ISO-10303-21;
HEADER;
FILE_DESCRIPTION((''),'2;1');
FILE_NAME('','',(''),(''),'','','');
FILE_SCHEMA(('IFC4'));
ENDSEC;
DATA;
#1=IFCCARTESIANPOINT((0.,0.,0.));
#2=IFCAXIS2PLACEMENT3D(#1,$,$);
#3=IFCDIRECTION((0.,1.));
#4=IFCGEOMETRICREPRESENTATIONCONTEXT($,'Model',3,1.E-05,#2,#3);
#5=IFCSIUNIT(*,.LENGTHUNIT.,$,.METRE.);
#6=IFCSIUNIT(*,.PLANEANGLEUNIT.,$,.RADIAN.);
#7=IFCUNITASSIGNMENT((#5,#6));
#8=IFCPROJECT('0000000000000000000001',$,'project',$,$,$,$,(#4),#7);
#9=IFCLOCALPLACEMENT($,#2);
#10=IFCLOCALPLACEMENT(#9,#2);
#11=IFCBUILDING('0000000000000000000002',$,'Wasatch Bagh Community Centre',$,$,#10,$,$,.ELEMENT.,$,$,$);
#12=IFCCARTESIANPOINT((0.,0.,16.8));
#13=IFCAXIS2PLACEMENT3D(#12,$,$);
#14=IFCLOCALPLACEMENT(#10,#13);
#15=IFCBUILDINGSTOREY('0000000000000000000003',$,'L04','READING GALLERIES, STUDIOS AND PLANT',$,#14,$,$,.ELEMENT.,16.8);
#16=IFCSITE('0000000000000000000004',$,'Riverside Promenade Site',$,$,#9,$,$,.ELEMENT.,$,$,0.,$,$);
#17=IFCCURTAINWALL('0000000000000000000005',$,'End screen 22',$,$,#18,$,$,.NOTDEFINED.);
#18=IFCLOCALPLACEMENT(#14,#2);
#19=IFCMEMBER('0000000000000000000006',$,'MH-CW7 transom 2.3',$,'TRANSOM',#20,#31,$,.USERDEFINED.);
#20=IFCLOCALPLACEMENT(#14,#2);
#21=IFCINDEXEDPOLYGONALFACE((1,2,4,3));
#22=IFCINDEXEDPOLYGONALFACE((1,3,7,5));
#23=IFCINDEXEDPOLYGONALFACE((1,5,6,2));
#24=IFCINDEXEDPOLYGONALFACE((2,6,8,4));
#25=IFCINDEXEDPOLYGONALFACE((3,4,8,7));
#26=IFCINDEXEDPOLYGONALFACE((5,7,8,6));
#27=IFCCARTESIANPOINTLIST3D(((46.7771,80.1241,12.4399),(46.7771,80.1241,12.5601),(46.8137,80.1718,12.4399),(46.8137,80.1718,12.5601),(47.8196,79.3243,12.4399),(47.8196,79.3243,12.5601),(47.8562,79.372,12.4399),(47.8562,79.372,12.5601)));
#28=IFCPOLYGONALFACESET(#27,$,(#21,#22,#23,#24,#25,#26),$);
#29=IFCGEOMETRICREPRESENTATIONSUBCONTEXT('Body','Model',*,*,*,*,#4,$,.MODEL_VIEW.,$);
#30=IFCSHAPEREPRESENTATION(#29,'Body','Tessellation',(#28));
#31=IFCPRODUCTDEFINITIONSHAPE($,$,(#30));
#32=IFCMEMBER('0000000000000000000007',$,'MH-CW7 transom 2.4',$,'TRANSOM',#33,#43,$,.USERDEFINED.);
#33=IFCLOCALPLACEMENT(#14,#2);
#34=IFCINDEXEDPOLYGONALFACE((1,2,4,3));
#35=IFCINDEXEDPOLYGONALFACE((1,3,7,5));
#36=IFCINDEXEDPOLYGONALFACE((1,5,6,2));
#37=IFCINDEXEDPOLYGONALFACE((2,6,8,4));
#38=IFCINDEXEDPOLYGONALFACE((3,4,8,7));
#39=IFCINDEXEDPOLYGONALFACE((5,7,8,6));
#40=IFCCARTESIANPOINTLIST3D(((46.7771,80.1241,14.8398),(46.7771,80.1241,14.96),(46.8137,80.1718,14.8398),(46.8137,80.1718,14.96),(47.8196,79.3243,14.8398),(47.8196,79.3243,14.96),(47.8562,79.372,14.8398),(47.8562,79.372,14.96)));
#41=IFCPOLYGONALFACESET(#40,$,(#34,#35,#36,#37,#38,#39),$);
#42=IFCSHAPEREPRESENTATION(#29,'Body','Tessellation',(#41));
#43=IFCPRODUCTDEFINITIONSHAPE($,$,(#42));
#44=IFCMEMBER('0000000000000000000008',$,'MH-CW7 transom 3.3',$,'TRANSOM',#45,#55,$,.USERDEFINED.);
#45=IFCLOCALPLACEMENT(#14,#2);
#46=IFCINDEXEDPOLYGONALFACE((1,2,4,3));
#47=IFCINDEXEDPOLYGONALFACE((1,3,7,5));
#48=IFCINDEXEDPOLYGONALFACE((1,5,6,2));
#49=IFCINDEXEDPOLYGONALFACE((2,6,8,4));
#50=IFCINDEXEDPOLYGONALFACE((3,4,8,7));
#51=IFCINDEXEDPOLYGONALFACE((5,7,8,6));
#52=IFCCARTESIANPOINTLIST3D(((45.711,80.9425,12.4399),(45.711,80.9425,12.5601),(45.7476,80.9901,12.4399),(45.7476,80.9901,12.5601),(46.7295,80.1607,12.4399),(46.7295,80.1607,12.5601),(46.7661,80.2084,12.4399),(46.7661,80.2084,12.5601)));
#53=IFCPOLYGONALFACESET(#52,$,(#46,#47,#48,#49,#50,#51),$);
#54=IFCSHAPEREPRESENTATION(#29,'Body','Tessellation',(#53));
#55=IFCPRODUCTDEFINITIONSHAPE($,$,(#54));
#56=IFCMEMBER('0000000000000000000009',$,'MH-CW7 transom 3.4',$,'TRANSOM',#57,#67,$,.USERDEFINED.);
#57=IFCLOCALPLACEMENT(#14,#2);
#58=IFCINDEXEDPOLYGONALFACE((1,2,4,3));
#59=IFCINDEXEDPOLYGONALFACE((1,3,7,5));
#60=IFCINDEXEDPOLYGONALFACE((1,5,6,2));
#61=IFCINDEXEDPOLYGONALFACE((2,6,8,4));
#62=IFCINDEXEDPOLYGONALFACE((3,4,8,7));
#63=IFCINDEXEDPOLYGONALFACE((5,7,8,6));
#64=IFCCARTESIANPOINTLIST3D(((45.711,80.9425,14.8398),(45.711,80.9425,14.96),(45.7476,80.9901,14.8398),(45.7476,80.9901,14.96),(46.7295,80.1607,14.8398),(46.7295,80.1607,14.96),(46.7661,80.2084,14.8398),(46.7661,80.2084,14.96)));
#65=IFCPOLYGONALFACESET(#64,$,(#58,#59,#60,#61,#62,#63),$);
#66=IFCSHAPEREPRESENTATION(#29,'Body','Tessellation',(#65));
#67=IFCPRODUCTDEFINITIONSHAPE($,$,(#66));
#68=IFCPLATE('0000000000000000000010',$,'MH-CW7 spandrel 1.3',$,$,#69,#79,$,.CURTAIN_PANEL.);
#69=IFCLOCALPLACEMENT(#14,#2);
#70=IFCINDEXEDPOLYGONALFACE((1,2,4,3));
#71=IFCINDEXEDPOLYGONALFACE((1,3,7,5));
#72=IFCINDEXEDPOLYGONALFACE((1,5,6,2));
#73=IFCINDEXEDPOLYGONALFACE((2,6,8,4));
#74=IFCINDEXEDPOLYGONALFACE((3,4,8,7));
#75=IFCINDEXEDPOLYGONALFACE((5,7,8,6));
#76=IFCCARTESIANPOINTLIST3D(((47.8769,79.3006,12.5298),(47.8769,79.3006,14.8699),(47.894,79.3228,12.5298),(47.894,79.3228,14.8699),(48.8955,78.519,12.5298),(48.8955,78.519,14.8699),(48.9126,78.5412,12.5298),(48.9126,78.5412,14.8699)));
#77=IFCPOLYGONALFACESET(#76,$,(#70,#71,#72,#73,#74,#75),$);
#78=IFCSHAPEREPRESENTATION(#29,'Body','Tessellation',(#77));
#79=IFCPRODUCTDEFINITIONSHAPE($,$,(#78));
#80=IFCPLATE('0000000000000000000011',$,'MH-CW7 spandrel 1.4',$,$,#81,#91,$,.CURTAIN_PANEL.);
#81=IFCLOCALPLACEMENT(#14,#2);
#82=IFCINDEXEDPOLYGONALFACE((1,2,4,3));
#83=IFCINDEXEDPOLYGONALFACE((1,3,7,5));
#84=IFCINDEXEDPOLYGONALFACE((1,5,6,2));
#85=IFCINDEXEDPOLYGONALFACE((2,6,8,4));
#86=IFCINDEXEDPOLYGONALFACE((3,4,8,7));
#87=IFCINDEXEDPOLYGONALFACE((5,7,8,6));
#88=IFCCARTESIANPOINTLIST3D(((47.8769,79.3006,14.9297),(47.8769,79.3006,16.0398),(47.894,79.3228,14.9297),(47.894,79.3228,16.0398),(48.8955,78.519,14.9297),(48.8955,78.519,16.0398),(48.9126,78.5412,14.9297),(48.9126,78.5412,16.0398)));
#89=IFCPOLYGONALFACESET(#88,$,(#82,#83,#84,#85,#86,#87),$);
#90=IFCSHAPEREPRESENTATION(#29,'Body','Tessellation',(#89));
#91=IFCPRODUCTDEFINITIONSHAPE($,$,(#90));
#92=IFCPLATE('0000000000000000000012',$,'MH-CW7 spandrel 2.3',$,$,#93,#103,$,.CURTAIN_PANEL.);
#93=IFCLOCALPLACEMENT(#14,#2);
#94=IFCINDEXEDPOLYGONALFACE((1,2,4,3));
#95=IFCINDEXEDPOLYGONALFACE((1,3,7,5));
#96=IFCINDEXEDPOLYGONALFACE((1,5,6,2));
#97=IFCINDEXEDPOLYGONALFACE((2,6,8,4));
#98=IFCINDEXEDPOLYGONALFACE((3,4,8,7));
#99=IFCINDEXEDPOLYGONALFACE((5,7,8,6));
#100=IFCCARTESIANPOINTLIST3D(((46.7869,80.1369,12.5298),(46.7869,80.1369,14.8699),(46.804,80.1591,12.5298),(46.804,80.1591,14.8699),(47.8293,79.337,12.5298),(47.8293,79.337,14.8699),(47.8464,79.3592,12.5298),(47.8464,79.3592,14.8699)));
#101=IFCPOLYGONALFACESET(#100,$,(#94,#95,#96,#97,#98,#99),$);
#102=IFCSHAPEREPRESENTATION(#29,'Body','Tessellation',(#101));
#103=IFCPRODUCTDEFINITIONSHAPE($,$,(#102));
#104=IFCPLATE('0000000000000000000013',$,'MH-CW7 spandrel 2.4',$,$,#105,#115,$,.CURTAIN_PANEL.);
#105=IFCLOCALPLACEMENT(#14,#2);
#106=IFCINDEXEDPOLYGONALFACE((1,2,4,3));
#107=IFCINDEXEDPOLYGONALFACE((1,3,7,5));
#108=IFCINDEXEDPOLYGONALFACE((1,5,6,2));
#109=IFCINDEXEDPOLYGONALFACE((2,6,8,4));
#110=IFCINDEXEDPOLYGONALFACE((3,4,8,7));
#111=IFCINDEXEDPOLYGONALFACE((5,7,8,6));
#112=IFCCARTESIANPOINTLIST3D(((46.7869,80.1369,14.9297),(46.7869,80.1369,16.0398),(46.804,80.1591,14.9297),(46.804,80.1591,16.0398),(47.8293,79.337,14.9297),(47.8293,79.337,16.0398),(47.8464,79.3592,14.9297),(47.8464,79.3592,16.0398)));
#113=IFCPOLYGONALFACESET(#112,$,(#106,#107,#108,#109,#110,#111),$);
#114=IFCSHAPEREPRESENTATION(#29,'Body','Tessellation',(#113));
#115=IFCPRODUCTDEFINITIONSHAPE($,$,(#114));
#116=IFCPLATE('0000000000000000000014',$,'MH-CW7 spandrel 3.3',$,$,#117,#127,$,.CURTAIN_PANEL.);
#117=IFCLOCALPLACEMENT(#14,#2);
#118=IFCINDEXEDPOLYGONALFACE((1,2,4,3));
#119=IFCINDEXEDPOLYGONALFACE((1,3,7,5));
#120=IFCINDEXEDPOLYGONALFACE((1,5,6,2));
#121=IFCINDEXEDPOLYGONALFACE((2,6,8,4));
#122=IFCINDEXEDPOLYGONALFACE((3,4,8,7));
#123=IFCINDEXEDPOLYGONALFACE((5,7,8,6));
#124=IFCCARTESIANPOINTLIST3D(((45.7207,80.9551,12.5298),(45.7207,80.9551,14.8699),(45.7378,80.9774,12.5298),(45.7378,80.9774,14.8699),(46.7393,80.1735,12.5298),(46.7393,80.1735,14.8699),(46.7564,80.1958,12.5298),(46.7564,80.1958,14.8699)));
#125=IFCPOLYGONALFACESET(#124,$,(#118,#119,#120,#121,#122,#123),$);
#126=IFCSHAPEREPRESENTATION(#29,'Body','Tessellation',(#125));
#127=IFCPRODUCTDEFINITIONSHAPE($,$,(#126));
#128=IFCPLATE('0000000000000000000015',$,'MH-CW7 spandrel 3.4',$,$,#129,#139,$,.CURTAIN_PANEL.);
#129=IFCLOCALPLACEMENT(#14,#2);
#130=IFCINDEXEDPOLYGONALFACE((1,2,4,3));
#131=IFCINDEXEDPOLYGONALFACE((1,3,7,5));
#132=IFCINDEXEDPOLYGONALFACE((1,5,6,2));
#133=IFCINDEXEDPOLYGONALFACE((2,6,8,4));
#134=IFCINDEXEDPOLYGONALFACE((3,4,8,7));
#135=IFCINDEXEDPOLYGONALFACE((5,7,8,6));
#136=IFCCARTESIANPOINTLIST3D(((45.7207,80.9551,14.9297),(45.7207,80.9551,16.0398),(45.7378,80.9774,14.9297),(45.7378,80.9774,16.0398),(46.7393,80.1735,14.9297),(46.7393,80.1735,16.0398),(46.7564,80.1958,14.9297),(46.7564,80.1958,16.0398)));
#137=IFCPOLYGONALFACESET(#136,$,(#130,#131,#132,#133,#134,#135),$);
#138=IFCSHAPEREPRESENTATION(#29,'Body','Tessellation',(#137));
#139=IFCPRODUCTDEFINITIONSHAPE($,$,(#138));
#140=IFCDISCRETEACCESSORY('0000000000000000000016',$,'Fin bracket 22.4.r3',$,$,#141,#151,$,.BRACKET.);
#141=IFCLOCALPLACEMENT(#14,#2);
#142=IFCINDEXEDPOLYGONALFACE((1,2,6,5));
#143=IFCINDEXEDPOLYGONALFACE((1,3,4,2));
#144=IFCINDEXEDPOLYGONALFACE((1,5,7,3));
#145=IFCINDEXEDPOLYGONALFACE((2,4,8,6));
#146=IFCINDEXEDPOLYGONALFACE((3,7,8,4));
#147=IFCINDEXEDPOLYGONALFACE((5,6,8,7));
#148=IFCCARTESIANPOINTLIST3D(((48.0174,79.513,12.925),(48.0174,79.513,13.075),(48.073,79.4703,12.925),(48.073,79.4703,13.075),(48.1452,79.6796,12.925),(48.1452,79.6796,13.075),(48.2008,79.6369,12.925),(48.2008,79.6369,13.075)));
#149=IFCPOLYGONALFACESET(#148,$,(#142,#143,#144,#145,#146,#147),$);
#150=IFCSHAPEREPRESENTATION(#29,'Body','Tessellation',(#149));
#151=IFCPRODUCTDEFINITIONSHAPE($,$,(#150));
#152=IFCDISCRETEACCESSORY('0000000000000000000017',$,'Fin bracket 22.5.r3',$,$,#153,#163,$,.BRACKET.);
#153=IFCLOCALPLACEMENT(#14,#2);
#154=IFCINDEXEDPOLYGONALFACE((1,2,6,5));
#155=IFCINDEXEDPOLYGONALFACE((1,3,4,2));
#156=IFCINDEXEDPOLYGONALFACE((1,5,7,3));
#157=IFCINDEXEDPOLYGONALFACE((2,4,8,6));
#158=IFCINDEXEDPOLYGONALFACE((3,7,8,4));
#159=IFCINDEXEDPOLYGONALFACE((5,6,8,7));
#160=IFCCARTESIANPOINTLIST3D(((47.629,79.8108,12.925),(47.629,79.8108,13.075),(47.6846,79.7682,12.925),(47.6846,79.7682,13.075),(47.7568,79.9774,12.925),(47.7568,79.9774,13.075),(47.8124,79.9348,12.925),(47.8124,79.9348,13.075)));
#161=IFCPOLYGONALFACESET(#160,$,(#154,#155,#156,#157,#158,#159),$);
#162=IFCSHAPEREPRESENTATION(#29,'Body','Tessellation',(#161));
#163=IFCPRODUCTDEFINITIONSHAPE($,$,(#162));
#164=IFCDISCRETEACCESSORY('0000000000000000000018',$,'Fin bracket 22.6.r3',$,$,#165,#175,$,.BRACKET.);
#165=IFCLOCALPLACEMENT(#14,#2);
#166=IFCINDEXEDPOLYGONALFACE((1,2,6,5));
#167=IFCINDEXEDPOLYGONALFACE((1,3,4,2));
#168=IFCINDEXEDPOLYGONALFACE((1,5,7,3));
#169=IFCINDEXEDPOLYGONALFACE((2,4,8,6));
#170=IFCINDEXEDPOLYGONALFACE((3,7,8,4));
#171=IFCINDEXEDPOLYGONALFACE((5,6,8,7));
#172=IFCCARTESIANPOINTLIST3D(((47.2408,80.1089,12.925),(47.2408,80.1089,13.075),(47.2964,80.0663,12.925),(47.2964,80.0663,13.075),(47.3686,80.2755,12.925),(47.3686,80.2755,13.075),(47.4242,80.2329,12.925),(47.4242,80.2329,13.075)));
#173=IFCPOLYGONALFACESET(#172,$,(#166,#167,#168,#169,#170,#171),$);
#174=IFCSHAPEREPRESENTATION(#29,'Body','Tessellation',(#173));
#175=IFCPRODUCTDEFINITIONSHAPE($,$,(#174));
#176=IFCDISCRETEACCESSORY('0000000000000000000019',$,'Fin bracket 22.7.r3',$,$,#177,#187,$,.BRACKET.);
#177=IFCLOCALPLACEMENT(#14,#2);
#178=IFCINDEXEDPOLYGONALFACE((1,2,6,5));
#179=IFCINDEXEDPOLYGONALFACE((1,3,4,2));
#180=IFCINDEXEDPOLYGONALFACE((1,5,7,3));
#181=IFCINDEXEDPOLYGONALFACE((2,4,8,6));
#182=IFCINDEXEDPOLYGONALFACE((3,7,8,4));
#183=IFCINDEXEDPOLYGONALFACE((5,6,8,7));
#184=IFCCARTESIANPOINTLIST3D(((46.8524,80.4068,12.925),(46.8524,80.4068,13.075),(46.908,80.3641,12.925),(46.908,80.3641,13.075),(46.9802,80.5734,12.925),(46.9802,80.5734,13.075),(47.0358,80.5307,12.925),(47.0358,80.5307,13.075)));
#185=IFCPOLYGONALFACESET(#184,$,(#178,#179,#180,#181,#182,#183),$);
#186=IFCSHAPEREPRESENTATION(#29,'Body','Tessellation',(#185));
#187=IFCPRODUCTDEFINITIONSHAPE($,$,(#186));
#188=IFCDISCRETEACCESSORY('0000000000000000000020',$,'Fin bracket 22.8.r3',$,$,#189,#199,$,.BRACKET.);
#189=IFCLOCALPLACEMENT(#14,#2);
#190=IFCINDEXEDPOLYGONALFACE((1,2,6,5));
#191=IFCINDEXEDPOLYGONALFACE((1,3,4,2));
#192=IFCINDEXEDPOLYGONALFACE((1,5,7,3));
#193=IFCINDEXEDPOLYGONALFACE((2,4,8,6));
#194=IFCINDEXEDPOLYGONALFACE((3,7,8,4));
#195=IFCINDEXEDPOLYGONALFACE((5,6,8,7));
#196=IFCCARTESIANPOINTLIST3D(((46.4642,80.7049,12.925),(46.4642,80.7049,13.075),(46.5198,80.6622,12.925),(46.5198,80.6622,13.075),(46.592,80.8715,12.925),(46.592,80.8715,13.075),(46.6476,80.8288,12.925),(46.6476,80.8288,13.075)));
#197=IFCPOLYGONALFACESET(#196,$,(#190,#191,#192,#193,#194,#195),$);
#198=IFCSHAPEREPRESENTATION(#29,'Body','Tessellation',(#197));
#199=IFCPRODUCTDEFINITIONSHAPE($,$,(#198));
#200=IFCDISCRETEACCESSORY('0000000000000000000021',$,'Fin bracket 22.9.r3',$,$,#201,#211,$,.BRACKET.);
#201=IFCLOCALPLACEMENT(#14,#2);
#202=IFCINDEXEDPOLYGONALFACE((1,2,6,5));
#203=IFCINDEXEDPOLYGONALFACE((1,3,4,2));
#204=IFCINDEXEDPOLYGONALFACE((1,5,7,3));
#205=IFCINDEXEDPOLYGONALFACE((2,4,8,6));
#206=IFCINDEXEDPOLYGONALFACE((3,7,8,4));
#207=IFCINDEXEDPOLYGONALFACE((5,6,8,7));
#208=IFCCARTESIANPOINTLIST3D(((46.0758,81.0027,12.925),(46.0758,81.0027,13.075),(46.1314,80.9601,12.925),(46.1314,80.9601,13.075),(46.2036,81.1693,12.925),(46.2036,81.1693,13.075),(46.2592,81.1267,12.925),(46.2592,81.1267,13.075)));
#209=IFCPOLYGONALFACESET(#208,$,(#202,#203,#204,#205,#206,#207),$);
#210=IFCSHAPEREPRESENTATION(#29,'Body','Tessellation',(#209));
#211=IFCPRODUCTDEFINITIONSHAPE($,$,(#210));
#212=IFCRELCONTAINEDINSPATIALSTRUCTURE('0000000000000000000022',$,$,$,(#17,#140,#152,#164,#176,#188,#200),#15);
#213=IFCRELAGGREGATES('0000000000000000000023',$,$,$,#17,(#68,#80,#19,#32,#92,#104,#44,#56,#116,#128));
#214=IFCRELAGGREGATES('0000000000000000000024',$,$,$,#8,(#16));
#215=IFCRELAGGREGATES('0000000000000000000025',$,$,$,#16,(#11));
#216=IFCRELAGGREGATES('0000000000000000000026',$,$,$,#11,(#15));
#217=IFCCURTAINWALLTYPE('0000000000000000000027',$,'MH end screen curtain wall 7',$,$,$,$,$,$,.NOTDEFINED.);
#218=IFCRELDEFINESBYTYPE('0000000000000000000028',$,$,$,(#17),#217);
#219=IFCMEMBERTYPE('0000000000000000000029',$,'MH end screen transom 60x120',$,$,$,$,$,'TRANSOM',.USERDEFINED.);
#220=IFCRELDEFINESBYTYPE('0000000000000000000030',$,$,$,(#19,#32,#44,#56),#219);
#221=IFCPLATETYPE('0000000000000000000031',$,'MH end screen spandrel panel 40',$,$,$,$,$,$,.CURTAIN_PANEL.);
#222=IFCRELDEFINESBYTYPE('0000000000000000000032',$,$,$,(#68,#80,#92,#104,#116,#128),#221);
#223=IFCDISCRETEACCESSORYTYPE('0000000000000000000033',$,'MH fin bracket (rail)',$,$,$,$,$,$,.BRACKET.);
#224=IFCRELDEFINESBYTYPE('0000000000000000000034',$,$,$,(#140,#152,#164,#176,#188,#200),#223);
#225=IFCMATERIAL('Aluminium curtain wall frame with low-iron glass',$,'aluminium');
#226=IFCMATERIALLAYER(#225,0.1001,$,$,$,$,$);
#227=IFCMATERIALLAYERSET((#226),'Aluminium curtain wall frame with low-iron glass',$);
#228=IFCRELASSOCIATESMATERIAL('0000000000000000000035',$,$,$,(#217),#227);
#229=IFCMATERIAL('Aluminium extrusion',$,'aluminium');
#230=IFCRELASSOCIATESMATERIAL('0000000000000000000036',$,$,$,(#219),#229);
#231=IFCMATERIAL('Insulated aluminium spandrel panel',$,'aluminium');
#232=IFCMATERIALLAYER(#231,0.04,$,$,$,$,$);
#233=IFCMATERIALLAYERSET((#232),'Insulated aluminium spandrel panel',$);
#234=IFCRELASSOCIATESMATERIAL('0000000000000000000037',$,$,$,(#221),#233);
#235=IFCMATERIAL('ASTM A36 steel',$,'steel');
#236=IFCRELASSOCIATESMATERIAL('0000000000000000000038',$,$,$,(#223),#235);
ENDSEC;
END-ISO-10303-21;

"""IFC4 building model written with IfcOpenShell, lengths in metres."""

from ifc_helpers import new_model, si_unit, direction, frame, origin, origin_2d, place, context, subcontext, project, spatial, rectangle, extrude, material, layer, layer_set, material_profile, profile_set, type_object, element, aggregate, save


model = new_model("IFC4")

# Units and contexts
model_context = context("Model", 3, precision=1e-05, world=origin(), true_north=direction((0.0, 1.0)))
body_context = subcontext(model_context, "Body", "Model", "MODEL_VIEW")
ifc_project = project(units=[si_unit("LENGTHUNIT", "METRE"), si_unit("PLANEANGLEUNIT", "RADIAN")], contexts=[model_context])

# Site, building, storey
site_placement = place(None, origin())
site = spatial("IfcSite", under=ifc_project, at=site_placement, Name="Riverside Promenade Site", CompositionType="ELEMENT", RefElevation=0.0)
building_placement = place(site_placement, origin())
building = spatial("IfcBuilding", under=site, at=building_placement, Name="Wasatch Bagh Community Centre", CompositionType="ELEMENT")
storey_placement = place(building_placement, frame((0.0, 0.0, 16.8)))
storey = spatial("IfcBuildingStorey", under=building, at=storey_placement, Name="L04", Description="READING GALLERIES, STUDIOS AND PLANT", CompositionType="ELEMENT", Elevation=16.8)

# Curtain wall, members, plates
ifc_material_1 = material(Name="Aluminium curtain wall frame with low-iron glass", Category="aluminium")
ifc_layer_1 = layer(ifc_material_1, 0.1001)
ifc_layer_set_1 = layer_set([ifc_layer_1], Name="Aluminium curtain wall frame with low-iron glass")
curtain_wall_type = type_object("IfcCurtainWallType", Name="MH end screen curtain wall 7", PredefinedType="NOTDEFINED", material=ifc_layer_set_1)
curtain_wall_placement = place(storey_placement, origin())
curtain_wall = element("IfcCurtainWall", 1, at=curtain_wall_placement, inside=storey, type_object=curtain_wall_type, Name="End screen 22", PredefinedType="NOTDEFINED")
ifc_material_2 = material(Name="Aluminium extrusion", Category="aluminium")
ifc_material_profile = material_profile(ifc_material_2, rectangle(XDim=0.0601, YDim=0.1201, at=origin_2d()), Name="AL 60x120")
ifc_profile_set = profile_set([ifc_material_profile], Name="Aluminium extrusion")
member_type = type_object("IfcMemberType", Name="MH end screen transom 60x120", ElementType="TRANSOM", PredefinedType="USERDEFINED", material=ifc_profile_set)
member_1_placement = place(storey_placement, frame((47.8379, 79.3481, 12.5), z_axis=(-0.793397, 0.608705, 0.0), x_axis=(-0.608705, -0.793397, 0.0)))
member_1 = element("IfcMember", 2, at=member_1_placement, type_object=member_type, Name="MH-CW7 transom 2.3", ObjectType="TRANSOM", PredefinedType="USERDEFINED", context=body_context, shape_type="SweptSolid", body=[
    extrude(rectangle(XDim=0.0601, YDim=0.1201, at=origin_2d()), origin(), (0.0, 0.0, 1.0), 1.314),
])
member_2_placement = place(storey_placement, frame((47.8379, 79.3481, 14.8999), z_axis=(-0.793397, 0.608705, 0.0), x_axis=(-0.608705, -0.793397, 0.0)))
member_2 = element("IfcMember", 3, at=member_2_placement, type_object=member_type, Name="MH-CW7 transom 2.4", ObjectType="TRANSOM", PredefinedType="USERDEFINED", context=body_context, shape_type="SweptSolid", body=[
    extrude(rectangle(XDim=0.0601, YDim=0.1201, at=origin_2d()), origin(), (0.0, 0.0, 1.0), 1.314),
])
member_3_placement = place(storey_placement, frame((46.7478, 80.1846, 12.5), z_axis=(-0.793288, 0.608847, 0.0), x_axis=(-0.608847, -0.793288, 0.0)))
member_3 = element("IfcMember", 4, at=member_3_placement, type_object=member_type, Name="MH-CW7 transom 3.3", ObjectType="TRANSOM", PredefinedType="USERDEFINED", context=body_context, shape_type="SweptSolid", body=[
    extrude(rectangle(XDim=0.0601, YDim=0.1201, at=origin_2d()), origin(), (0.0, 0.0, 1.0), 1.2839),
])
member_4_placement = place(storey_placement, frame((46.7478, 80.1846, 14.8999), z_axis=(-0.793288, 0.608847, 0.0), x_axis=(-0.608847, -0.793288, 0.0)))
member_4 = element("IfcMember", 5, at=member_4_placement, type_object=member_type, Name="MH-CW7 transom 3.4", ObjectType="TRANSOM", PredefinedType="USERDEFINED", context=body_context, shape_type="SweptSolid", body=[
    extrude(rectangle(XDim=0.0601, YDim=0.1201, at=origin_2d()), origin(), (0.0, 0.0, 1.0), 1.2839),
])
ifc_material_3 = material(Name="Insulated aluminium spandrel panel", Category="aluminium")
ifc_layer_2 = layer(ifc_material_3, 0.04)
ifc_layer_set_2 = layer_set([ifc_layer_2], Name="Insulated aluminium spandrel panel")
plate_type = type_object("IfcPlateType", Name="MH end screen spandrel panel 40", PredefinedType="CURTAIN_PANEL", material=ifc_layer_set_2)
plate_1_placement = place(storey_placement, frame((48.3948, 78.9209, 12.5298), z_axis=(0.0, 0.0, 1.0), x_axis=(-0.793353, 0.608761, 0.0)))
plate_1 = element("IfcPlate", 6, at=plate_1_placement, type_object=plate_type, Name="MH-CW7 spandrel 1.3", PredefinedType="CURTAIN_PANEL", context=body_context, shape_type="SweptSolid", body=[
    extrude(rectangle(XDim=1.2839, YDim=0.0281, at=origin_2d()), origin(), (0.0, 0.0, 1.0), 2.3401),
])
plate_2_placement = place(storey_placement, frame((48.3948, 78.9209, 14.9297), z_axis=(0.0, 0.0, 1.0), x_axis=(-0.793353, 0.608761, 0.0)))
plate_2 = element("IfcPlate", 7, at=plate_2_placement, type_object=plate_type, Name="MH-CW7 spandrel 1.4", PredefinedType="CURTAIN_PANEL", context=body_context, shape_type="SweptSolid", body=[
    extrude(rectangle(XDim=1.2839, YDim=0.0281, at=origin_2d()), origin(), (0.0, 0.0, 1.0), 1.1101),
])
plate_3_placement = place(storey_placement, frame((47.3167, 79.748, 12.5298), z_axis=(0.0, 0.0, 1.0), x_axis=(-0.793353, 0.608761, 0.0)))
plate_3 = element("IfcPlate", 8, at=plate_3_placement, type_object=plate_type, Name="MH-CW7 spandrel 2.3", PredefinedType="CURTAIN_PANEL", context=body_context, shape_type="SweptSolid", body=[
    extrude(rectangle(XDim=1.314, YDim=0.0281, at=origin_2d()), origin(), (0.0, 0.0, 1.0), 2.3401),
])
plate_4_placement = place(storey_placement, frame((47.3167, 79.748, 14.9297), z_axis=(0.0, 0.0, 1.0), x_axis=(-0.793353, 0.608761, 0.0)))
plate_4 = element("IfcPlate", 9, at=plate_4_placement, type_object=plate_type, Name="MH-CW7 spandrel 2.4", PredefinedType="CURTAIN_PANEL", context=body_context, shape_type="SweptSolid", body=[
    extrude(rectangle(XDim=1.314, YDim=0.0281, at=origin_2d()), origin(), (0.0, 0.0, 1.0), 1.1101),
])
plate_5_placement = place(storey_placement, frame((46.2385, 80.5754, 12.5298), z_axis=(0.0, 0.0, 1.0), x_axis=(-0.793353, 0.608761, 0.0)))
plate_5 = element("IfcPlate", 10, at=plate_5_placement, type_object=plate_type, Name="MH-CW7 spandrel 3.3", PredefinedType="CURTAIN_PANEL", context=body_context, shape_type="SweptSolid", body=[
    extrude(rectangle(XDim=1.2839, YDim=0.0281, at=origin_2d()), origin(), (0.0, 0.0, 1.0), 2.3401),
])
plate_6_placement = place(storey_placement, frame((46.2385, 80.5754, 14.9297), z_axis=(0.0, 0.0, 1.0), x_axis=(-0.793353, 0.608761, 0.0)))
plate_6 = element("IfcPlate", 11, at=plate_6_placement, type_object=plate_type, Name="MH-CW7 spandrel 3.4", PredefinedType="CURTAIN_PANEL", context=body_context, shape_type="SweptSolid", body=[
    extrude(rectangle(XDim=1.2839, YDim=0.0281, at=origin_2d()), origin(), (0.0, 0.0, 1.0), 1.1101),
])
aggregate(curtain_wall, [plate_1, plate_2, member_1, member_2, plate_3, plate_4, member_3, member_4, plate_5, plate_6])

# Discrete accessories
ifc_material_4 = material(Name="ASTM A36 steel", Category="steel")
discrete_accessory_type_1 = type_object("IfcDiscreteAccessoryType", Name="MH fin bracket (rail)", PredefinedType="BRACKET", material=ifc_material_4)
for number, where, z_axis, x_axis, name in (
    (12, (48.1091, 79.575, 12.925), (0.0, 0.0, 1.0), (-0.793353, 0.608761, 0.0), "Fin bracket 22.4.r3"),
    (13, (47.7207, 79.8728, 12.925), (0.0, 0.0, 1.0), (-0.793353, 0.608761, 0.0), "Fin bracket 22.5.r3"),
    (14, (47.3325, 80.1709, 12.925), (0.0, 0.0, 1.0), (-0.793353, 0.608761, 0.0), "Fin bracket 22.6.r3"),
    (15, (46.9441, 80.4688, 12.925), (0.0, 0.0, 1.0), (-0.793353, 0.608761, 0.0), "Fin bracket 22.7.r3"),
    (16, (46.5559, 80.7668, 12.925), (0.0, 0.0, 1.0), (-0.793353, 0.608761, 0.0), "Fin bracket 22.8.r3"),
    (17, (46.1675, 81.0647, 12.925), (0.0, 0.0, 1.0), (-0.793353, 0.608761, 0.0), "Fin bracket 22.9.r3"),
):
    element("IfcDiscreteAccessory", number, at=place(storey_placement, frame(where, z_axis=z_axis, x_axis=x_axis)), inside=storey, type_object=discrete_accessory_type_1, Name=name, PredefinedType="BRACKET", context=body_context, shape_type="SweptSolid", body=[
        extrude(rectangle(XDim=0.0701, YDim=0.21, at=origin_2d()), origin(), (0.0, 0.0, 1.0), 0.1499),
    ])

save(model, "model.ifc")
